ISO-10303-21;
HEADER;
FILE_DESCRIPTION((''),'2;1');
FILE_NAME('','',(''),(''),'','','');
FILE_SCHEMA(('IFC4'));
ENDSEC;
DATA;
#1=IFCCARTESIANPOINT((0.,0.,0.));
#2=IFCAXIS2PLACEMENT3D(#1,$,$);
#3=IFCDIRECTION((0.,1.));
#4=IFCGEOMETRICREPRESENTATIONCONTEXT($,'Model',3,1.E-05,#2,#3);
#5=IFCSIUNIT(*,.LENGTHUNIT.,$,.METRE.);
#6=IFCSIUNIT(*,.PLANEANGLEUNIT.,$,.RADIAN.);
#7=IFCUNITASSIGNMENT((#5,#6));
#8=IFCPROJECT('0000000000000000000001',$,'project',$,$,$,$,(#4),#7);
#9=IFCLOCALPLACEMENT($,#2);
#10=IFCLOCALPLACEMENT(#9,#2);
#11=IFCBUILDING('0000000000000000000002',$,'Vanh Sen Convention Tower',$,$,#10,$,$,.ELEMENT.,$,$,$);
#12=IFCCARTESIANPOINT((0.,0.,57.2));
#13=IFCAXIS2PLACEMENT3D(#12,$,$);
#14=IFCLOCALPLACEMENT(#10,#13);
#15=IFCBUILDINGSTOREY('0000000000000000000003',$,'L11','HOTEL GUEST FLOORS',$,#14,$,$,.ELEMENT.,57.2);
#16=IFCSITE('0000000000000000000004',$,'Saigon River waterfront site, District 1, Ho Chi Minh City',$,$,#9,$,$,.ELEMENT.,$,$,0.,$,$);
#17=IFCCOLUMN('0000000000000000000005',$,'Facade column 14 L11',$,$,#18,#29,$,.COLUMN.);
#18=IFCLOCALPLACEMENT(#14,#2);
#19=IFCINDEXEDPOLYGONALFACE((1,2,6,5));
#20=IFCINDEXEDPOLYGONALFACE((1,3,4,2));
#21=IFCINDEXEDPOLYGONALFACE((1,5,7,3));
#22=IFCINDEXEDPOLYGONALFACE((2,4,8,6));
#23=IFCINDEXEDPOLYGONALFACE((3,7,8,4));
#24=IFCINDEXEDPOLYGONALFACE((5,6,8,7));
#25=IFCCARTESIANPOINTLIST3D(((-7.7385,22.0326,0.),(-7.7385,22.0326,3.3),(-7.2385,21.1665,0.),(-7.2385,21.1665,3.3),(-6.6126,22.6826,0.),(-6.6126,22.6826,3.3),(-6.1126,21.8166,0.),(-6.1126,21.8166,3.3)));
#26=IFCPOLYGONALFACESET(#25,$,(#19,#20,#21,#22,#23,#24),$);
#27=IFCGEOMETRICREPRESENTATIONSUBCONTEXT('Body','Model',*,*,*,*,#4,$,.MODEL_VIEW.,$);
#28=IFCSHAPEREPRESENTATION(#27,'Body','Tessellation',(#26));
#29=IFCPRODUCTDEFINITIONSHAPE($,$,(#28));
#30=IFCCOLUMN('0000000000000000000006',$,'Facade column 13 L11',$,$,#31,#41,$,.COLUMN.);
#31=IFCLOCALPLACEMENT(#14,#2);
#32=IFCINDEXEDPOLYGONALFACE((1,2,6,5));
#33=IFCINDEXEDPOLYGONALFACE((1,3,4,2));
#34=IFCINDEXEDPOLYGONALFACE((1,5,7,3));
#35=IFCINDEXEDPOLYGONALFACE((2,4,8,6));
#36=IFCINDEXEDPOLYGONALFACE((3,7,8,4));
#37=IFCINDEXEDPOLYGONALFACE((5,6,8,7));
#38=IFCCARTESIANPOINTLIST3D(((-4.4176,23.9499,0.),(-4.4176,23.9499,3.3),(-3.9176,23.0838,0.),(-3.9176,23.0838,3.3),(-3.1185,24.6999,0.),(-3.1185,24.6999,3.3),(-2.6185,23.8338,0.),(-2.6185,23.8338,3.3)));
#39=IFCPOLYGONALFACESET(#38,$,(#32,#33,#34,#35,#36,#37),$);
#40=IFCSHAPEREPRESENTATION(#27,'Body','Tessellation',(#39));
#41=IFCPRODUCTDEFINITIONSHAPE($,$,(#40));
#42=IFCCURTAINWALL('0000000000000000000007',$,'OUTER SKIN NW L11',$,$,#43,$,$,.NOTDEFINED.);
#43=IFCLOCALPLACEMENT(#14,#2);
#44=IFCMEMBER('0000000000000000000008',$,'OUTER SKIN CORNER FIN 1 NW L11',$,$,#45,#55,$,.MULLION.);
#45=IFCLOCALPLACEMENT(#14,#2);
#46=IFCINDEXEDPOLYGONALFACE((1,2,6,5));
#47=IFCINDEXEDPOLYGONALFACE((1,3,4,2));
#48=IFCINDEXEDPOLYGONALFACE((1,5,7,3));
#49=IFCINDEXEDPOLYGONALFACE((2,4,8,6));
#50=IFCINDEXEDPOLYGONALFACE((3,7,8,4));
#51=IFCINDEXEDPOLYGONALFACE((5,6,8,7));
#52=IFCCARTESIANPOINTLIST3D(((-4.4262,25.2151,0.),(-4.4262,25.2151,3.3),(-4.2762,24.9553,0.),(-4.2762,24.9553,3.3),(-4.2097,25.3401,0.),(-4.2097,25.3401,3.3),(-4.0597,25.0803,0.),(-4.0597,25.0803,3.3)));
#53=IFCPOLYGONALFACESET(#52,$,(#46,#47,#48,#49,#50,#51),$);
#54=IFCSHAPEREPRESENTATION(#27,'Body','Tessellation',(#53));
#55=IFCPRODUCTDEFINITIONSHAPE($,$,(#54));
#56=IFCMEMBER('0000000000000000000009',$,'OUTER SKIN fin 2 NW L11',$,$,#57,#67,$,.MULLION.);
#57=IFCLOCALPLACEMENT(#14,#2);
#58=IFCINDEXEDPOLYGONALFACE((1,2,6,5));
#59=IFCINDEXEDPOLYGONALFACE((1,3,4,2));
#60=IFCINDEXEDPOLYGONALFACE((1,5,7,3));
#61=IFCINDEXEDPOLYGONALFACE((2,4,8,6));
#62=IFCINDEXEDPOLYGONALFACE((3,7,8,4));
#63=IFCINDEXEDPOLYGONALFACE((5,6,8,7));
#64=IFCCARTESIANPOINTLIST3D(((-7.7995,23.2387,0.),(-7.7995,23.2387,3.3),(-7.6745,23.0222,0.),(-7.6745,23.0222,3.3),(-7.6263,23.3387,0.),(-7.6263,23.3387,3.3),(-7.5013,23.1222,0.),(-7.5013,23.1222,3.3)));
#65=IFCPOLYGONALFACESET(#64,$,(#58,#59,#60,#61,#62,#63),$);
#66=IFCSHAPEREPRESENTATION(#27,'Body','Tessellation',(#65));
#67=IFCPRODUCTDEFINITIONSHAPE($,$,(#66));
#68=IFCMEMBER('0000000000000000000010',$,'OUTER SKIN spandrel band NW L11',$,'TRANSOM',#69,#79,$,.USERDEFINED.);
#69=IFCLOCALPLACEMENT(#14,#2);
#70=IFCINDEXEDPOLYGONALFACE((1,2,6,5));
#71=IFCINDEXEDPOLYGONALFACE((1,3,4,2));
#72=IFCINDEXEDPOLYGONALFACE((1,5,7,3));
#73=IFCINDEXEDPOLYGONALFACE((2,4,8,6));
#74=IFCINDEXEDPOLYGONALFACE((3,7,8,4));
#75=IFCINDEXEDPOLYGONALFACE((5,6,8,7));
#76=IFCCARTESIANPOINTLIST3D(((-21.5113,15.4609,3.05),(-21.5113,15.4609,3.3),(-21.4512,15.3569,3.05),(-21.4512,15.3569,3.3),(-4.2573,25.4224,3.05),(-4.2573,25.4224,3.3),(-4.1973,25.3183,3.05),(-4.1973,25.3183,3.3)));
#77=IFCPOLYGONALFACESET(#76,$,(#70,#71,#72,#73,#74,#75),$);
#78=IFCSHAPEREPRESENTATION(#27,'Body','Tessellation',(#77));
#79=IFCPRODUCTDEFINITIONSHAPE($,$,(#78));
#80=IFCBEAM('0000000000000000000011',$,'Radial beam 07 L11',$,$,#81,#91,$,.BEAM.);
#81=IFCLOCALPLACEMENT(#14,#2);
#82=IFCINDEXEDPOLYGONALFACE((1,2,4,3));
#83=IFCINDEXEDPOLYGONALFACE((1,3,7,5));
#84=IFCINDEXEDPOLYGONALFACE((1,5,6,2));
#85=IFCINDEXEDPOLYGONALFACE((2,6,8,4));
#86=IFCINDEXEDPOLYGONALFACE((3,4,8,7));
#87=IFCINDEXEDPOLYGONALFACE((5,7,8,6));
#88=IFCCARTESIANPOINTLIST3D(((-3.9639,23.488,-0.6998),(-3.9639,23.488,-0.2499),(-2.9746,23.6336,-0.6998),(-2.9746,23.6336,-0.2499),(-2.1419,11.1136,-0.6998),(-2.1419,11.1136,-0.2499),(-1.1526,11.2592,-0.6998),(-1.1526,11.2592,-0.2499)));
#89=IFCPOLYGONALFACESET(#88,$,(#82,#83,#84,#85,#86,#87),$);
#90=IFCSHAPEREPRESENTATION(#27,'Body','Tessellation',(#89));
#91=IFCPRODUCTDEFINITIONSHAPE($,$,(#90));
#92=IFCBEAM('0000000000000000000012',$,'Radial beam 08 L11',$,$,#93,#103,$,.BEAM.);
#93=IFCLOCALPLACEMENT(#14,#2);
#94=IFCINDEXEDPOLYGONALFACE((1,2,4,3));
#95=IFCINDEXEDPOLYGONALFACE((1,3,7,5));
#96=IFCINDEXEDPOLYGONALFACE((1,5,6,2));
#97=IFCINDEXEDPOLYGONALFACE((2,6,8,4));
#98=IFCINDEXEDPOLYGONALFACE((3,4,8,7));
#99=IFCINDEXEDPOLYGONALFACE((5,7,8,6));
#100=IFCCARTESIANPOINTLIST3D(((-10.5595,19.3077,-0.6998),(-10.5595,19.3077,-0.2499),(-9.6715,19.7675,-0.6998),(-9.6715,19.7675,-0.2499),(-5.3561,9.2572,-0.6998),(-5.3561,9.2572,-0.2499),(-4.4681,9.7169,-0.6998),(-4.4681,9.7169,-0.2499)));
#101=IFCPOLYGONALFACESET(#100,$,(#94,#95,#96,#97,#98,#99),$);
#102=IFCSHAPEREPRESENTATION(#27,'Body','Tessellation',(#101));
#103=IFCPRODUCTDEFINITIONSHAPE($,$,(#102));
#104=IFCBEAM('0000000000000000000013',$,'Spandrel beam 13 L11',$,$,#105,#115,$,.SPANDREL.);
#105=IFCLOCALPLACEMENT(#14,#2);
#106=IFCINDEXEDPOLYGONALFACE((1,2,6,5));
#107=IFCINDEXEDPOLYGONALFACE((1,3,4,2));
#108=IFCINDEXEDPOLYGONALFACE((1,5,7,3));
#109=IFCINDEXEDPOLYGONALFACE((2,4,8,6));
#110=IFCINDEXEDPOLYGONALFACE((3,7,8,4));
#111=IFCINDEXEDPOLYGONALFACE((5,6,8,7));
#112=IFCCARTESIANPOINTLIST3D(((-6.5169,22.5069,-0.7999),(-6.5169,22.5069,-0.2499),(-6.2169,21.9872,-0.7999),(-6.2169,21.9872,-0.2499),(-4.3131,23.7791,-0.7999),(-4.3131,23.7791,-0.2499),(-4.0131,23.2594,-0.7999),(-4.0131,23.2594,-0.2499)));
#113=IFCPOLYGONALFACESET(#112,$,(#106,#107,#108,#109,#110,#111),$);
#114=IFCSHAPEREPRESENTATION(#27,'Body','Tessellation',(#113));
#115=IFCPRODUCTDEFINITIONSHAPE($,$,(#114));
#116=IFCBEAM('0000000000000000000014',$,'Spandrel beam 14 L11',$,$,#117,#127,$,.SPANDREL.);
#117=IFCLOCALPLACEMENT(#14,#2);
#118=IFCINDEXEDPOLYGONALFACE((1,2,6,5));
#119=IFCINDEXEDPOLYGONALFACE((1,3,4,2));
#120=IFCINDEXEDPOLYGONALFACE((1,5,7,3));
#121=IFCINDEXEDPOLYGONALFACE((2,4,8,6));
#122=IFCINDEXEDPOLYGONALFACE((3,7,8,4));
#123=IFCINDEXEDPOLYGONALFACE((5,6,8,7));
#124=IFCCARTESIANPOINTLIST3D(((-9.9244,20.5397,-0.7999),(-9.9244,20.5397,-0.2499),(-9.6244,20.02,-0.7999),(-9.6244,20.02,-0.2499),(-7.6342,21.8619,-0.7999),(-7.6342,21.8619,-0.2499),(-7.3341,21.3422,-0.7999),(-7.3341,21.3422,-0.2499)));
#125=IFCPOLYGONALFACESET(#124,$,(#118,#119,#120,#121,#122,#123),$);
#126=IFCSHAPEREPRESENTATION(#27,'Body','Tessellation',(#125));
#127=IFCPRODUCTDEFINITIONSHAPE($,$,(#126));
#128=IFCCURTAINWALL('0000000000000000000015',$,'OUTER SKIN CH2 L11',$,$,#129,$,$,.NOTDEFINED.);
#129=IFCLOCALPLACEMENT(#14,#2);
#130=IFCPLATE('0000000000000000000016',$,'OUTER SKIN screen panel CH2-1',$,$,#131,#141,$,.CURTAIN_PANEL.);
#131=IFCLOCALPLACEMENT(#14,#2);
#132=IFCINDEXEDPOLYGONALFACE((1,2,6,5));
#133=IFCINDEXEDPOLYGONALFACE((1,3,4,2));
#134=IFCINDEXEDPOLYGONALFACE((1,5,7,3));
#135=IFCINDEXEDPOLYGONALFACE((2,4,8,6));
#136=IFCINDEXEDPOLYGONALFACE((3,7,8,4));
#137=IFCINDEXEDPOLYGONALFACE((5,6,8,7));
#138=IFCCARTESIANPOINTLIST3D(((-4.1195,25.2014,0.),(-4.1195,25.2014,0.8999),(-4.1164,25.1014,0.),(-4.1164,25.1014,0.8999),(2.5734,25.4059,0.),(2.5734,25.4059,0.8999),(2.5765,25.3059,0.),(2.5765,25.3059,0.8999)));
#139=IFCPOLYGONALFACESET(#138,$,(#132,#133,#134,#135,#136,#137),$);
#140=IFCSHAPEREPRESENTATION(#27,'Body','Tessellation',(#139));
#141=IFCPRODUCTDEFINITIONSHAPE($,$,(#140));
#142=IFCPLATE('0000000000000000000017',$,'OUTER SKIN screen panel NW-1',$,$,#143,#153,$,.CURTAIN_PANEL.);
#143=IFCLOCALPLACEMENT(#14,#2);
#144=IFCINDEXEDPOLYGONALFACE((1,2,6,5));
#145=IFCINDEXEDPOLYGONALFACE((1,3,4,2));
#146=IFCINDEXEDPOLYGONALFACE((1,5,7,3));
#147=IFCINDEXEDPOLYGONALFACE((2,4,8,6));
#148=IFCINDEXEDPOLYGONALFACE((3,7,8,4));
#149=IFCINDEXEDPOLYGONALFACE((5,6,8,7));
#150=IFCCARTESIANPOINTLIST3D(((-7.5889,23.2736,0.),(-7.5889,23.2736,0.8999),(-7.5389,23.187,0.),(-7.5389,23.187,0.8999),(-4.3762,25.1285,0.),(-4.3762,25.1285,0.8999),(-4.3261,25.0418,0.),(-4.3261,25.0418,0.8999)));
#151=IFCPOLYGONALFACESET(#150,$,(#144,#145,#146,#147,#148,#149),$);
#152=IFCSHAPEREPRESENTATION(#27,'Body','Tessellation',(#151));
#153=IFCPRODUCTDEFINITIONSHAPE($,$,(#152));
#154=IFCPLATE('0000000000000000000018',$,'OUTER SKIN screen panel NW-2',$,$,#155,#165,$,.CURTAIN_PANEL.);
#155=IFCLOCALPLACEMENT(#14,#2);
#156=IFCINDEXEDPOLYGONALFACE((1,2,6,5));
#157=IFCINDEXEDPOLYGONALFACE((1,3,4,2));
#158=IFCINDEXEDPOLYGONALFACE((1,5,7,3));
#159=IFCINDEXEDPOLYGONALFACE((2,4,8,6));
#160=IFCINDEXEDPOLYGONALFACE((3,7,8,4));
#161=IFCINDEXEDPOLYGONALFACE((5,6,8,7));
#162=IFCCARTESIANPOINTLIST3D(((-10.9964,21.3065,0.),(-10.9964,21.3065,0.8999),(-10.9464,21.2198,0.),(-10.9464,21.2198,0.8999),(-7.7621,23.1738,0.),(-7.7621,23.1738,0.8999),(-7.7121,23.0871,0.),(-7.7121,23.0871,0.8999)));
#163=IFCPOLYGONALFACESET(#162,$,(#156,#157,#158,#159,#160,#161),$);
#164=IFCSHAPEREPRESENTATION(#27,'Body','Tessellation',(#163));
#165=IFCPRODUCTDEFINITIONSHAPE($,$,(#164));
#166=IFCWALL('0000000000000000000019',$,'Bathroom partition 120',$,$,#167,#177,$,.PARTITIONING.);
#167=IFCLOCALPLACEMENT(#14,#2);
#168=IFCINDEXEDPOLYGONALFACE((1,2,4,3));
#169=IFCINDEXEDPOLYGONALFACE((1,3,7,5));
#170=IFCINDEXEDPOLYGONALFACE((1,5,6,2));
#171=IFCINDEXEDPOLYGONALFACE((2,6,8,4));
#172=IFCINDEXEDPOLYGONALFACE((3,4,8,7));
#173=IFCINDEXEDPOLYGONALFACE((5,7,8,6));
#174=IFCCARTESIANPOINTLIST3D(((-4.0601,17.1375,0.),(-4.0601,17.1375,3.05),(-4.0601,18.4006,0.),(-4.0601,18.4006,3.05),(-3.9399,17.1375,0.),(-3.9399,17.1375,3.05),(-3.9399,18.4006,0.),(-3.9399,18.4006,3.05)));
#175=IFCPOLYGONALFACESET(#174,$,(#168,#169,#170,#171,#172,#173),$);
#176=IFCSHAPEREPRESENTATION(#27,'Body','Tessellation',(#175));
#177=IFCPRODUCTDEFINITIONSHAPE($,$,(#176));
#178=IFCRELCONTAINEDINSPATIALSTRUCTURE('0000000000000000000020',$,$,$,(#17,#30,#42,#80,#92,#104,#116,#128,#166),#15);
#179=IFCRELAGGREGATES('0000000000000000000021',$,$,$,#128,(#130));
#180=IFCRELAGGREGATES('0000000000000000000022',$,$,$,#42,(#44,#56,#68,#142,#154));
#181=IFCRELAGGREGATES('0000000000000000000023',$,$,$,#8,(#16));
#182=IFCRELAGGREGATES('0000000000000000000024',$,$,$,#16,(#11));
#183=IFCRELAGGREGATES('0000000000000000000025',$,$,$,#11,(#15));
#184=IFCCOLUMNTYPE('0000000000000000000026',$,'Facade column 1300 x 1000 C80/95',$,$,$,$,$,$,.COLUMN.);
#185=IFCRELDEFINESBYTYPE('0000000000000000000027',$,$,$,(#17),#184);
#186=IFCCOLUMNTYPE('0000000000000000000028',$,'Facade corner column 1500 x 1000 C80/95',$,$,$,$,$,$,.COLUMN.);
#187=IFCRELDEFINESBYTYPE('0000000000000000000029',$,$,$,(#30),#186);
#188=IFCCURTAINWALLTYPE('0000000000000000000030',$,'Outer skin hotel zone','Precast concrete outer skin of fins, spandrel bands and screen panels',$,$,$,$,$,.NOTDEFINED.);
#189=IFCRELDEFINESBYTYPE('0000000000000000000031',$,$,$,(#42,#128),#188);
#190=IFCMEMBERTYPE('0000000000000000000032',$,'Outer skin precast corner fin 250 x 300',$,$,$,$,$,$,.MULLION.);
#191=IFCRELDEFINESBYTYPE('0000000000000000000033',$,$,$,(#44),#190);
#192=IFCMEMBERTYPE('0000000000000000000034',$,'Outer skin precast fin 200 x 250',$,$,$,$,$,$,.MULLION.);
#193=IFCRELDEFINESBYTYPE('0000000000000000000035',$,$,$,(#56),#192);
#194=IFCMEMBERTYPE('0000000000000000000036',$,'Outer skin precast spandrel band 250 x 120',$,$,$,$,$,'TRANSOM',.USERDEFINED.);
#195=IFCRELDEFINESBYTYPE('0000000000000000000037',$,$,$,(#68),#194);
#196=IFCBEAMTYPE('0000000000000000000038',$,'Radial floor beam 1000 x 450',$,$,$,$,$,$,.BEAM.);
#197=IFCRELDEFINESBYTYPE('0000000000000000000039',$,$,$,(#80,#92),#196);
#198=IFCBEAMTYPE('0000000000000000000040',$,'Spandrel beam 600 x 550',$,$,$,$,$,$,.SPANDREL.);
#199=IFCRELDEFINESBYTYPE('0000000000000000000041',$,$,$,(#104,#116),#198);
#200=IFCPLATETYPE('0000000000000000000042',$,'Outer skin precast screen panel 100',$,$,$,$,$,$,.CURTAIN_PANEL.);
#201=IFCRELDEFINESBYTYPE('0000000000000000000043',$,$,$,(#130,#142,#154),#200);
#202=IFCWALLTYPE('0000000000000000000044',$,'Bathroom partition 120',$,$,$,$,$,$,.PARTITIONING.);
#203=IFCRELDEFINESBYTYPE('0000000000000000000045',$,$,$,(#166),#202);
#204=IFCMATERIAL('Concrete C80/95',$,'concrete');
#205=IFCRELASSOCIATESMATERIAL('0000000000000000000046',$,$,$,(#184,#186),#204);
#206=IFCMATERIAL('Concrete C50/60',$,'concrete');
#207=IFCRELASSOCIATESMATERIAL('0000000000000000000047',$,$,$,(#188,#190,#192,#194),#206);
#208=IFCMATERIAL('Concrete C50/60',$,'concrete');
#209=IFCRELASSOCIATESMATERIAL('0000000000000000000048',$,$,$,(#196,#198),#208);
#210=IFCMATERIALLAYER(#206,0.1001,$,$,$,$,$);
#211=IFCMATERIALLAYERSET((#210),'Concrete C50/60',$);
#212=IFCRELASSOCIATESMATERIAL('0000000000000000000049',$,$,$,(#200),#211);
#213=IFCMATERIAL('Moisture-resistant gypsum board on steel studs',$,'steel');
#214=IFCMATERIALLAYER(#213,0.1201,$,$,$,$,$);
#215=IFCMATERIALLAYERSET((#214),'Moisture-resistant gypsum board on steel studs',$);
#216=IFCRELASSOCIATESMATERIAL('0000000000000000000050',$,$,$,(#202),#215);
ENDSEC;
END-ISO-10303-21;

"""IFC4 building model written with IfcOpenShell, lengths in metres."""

from ifc_helpers import new_model, si_unit, direction, frame, frame_2d, origin, origin_2d, place, context, subcontext, project, spatial, rectangle, extrude, material, layer, layer_set, material_profile, profile_set, type_object, element, aggregate, save


model = new_model("IFC4")

# Units and contexts
model_context = context("Model", 3, precision=1e-05, world=origin(), true_north=direction((0.0, 1.0)))
body_context = subcontext(model_context, "Body", "Model", "MODEL_VIEW")
ifc_project = project(units=[si_unit("LENGTHUNIT", "METRE"), si_unit("PLANEANGLEUNIT", "RADIAN")], contexts=[model_context])

# Site, building, storey
site_placement = place(None, origin())
site = spatial("IfcSite", under=ifc_project, at=site_placement, Name="Saigon River waterfront site, District 1, Ho Chi Minh City", CompositionType="ELEMENT", RefElevation=0.0)
building_placement = place(site_placement, origin())
building = spatial("IfcBuilding", under=site, at=building_placement, Name="Vanh Sen Convention Tower", CompositionType="ELEMENT")
storey_placement = place(building_placement, frame((0.0, 0.0, 57.2)))
storey = spatial("IfcBuildingStorey", under=building, at=storey_placement, Name="L11", Description="HOTEL GUEST FLOORS", CompositionType="ELEMENT", Elevation=57.2)

# Columns
ifc_material_1 = material(Name="Concrete C80/95", Category="concrete")
ifc_material_profile_1 = material_profile(ifc_material_1, rectangle(XDim=1.3, YDim=1.0, at=origin_2d()), Name="RC 1300X1000")
ifc_profile_set_1 = profile_set([ifc_material_profile_1], Name="Concrete C80/95")
column_type_1 = type_object("IfcColumnType", Name="Facade column 1300 x 1000 C80/95", PredefinedType="COLUMN", material=ifc_profile_set_1)
column_1_placement = place(storey_placement, frame((-6.9255, 21.9246, 0.0), z_axis=(0.0, 0.0, 1.0), x_axis=(-0.866025, -0.5, 0.0)))
element("IfcColumn", 1, at=column_1_placement, inside=storey, type_object=column_type_1, Name="Facade column 14 L11", PredefinedType="COLUMN", context=body_context, shape_type="SweptSolid", body=[
    extrude(rectangle(XDim=1.3, YDim=1.0, at=origin_2d()), origin(), (0.0, 0.0, 1.0), 3.3),
])
ifc_material_profile_2 = material_profile(ifc_material_1, rectangle(XDim=1.5, YDim=1.0, at=origin_2d()), Name="RC 1500X1000")
ifc_profile_set_2 = profile_set([ifc_material_profile_2], Name="Concrete C80/95")
column_type_2 = type_object("IfcColumnType", Name="Facade corner column 1500 x 1000 C80/95", PredefinedType="COLUMN", material=ifc_profile_set_2)
column_2_placement = place(storey_placement, frame((-3.5181, 23.8918, 0.0), z_axis=(0.0, 0.0, 1.0), x_axis=(-0.866025, -0.5, 0.0)))
element("IfcColumn", 2, at=column_2_placement, inside=storey, type_object=column_type_2, Name="Facade column 13 L11", PredefinedType="COLUMN", context=body_context, shape_type="SweptSolid", body=[
    extrude(rectangle(XDim=1.5, YDim=1.0, at=origin_2d()), origin(), (0.0, 0.0, 1.0), 3.3),
])

# Curtain wall, members
ifc_material_2 = material(Name="Concrete C50/60", Category="concrete")
curtain_wall_type = type_object("IfcCurtainWallType", Name="Outer skin hotel zone", Description="Precast concrete outer skin of fins, spandrel bands and screen panels", PredefinedType="NOTDEFINED", material=ifc_material_2)
curtain_wall_1_placement = place(storey_placement, origin())
curtain_wall_1 = element("IfcCurtainWall", 3, at=curtain_wall_1_placement, inside=storey, type_object=curtain_wall_type, Name="OUTER SKIN NW L11", PredefinedType="NOTDEFINED")
ifc_material_profile_3 = material_profile(ifc_material_2, rectangle(XDim=0.25, YDim=0.3, at=origin_2d()), Name="Outer skin precast corner fin 250 x 300")
ifc_profile_set_3 = profile_set([ifc_material_profile_3], Name="Concrete C50/60")
member_type_1 = type_object("IfcMemberType", Name="Outer skin precast corner fin 250 x 300", PredefinedType="MULLION", material=ifc_profile_set_3)
member_1_placement = place(storey_placement, frame((-4.2429, 25.1477, 0.0), z_axis=(0.0, 0.0, 1.0), x_axis=(-0.866025, -0.5, 0.0)))
member_1 = element("IfcMember", 4, at=member_1_placement, type_object=member_type_1, Name="OUTER SKIN CORNER FIN 1 NW L11", PredefinedType="MULLION", context=body_context, shape_type="SweptSolid", body=[
    extrude(rectangle(XDim=0.25, YDim=0.3, at=origin_2d()), origin(), (0.0, 0.0, 1.0), 3.3),
])
ifc_material_profile_4 = material_profile(ifc_material_2, rectangle(XDim=0.2, YDim=0.25, at=origin_2d()), Name="Outer skin precast fin 200 x 250")
ifc_profile_set_4 = profile_set([ifc_material_profile_4], Name="Concrete C50/60")
member_type_2 = type_object("IfcMemberType", Name="Outer skin precast fin 200 x 250", PredefinedType="MULLION", material=ifc_profile_set_4)
member_2_placement = place(storey_placement, frame((-7.6504, 23.1804, 0.0), z_axis=(0.0, 0.0, 1.0), x_axis=(-0.866025, -0.5, 0.0)))
member_2 = element("IfcMember", 5, at=member_2_placement, type_object=member_type_2, Name="OUTER SKIN fin 2 NW L11", PredefinedType="MULLION", context=body_context, shape_type="SweptSolid", body=[
    extrude(rectangle(XDim=0.2, YDim=0.25, at=origin_2d()), origin(), (0.0, 0.0, 1.0), 3.3),
])
ifc_material_profile_5 = material_profile(ifc_material_2, rectangle(XDim=0.1201, YDim=0.25, at=origin_2d()), Name="Outer skin precast spandrel band 250 x 120")
ifc_profile_set_5 = profile_set([ifc_material_profile_5], Name="Concrete C50/60")
member_type_3 = type_object("IfcMemberType", Name="Outer skin precast spandrel band 250 x 120", ElementType="TRANSOM", PredefinedType="USERDEFINED", material=ifc_profile_set_5)
member_3_placement = place(storey_placement, frame((-4.2273, 25.3704, 3.175), z_axis=(-0.866028, -0.499995, 0.0), x_axis=(0.499995, -0.866028, 0.0)))
member_3 = element("IfcMember", 6, at=member_3_placement, type_object=member_type_3, Name="OUTER SKIN spandrel band NW L11", ObjectType="TRANSOM", PredefinedType="USERDEFINED", context=body_context, shape_type="SweptSolid", body=[
    extrude(rectangle(XDim=0.1201, YDim=0.25, at=origin_2d()), origin(), (0.0, 0.0, 1.0), 19.9231),
])

# Beams
ifc_material_3 = material(Name="Concrete C50/60", Category="concrete")
ifc_material_profile_6 = material_profile(ifc_material_3, rectangle(XDim=1.0, YDim=0.45, at=origin_2d()), Name="RC 1000X450")
ifc_profile_set_6 = profile_set([ifc_material_profile_6], Name="Concrete C50/60")
beam_type_1 = type_object("IfcBeamType", Name="Radial floor beam 1000 x 450", PredefinedType="BEAM", material=ifc_profile_set_6)
beam_1_placement = place(storey_placement, frame((-3.4692, 23.5608, -0.4749), z_axis=(0.145669, -0.989333, 0.0), x_axis=(0.989333, 0.145669, 0.0)))
element("IfcBeam", 7, at=beam_1_placement, inside=storey, type_object=beam_type_1, Name="Radial beam 07 L11", PredefinedType="BEAM", context=body_context, shape_type="SweptSolid", body=[
    extrude(rectangle(XDim=1.0, YDim=0.45, at=origin_2d()), origin(), (0.0, 0.0, 1.0), 12.5078),
])
beam_2_placement = place(storey_placement, frame((-10.1155, 19.5376, -0.4749), z_axis=(0.459759, -0.888044, 0.0), x_axis=(0.888044, 0.459759, 0.0)))
element("IfcBeam", 8, at=beam_2_placement, inside=storey, type_object=beam_type_1, Name="Radial beam 08 L11", PredefinedType="BEAM", context=body_context, shape_type="SweptSolid", body=[
    extrude(rectangle(XDim=1.0, YDim=0.45, at=origin_2d()), origin(), (0.0, 0.0, 1.0), 11.3176),
])
ifc_material_profile_7 = material_profile(ifc_material_3, rectangle(XDim=0.6001, YDim=0.55, at=origin_2d()), Name="RC 600X550")
ifc_profile_set_7 = profile_set([ifc_material_profile_7], Name="Concrete C50/60")
beam_type_2 = type_object("IfcBeamType", Name="Spandrel beam 600 x 550", PredefinedType="SPANDREL", material=ifc_profile_set_7)
beam_3_placement = place(storey_placement, frame((-4.1631, 23.5193, -0.5249), z_axis=(-0.866056, -0.499947, 0.0), x_axis=(0.499947, -0.866056, 0.0)))
element("IfcBeam", 9, at=beam_3_placement, inside=storey, type_object=beam_type_2, Name="Spandrel beam 13 L11", PredefinedType="SPANDREL", context=body_context, shape_type="SweptSolid", body=[
    extrude(rectangle(XDim=0.6001, YDim=0.55, at=origin_2d()), origin(), (0.0, 0.0, 1.0), 2.5447),
])
beam_4_placement = place(storey_placement, frame((-7.4841, 21.6021, -0.5249), z_axis=(-0.86603, -0.499991, 0.0), x_axis=(0.499991, -0.86603, 0.0)))
element("IfcBeam", 10, at=beam_4_placement, inside=storey, type_object=beam_type_2, Name="Spandrel beam 14 L11", PredefinedType="SPANDREL", context=body_context, shape_type="SweptSolid", body=[
    extrude(rectangle(XDim=0.6001, YDim=0.55, at=origin_2d()), origin(), (0.0, 0.0, 1.0), 2.6445),
])

# Curtain wall, plate
curtain_wall_2_placement = place(storey_placement, origin())
curtain_wall_2 = element("IfcCurtainWall", 11, at=curtain_wall_2_placement, inside=storey, type_object=curtain_wall_type, Name="OUTER SKIN CH2 L11", PredefinedType="NOTDEFINED")
ifc_layer_1 = layer(ifc_material_2, 0.1001)
ifc_layer_set_1 = layer_set([ifc_layer_1], Name="Concrete C50/60")
plate_type = type_object("IfcPlateType", Name="Outer skin precast screen panel 100", PredefinedType="CURTAIN_PANEL", material=ifc_layer_set_1)
plate_1_placement = place(storey_placement, frame((-0.7715, 25.2537, 0.0), z_axis=(0.0, 0.0, 1.0), x_axis=(-0.999534, -0.030537, 0.0)))
plate_1 = element("IfcPlate", 12, at=plate_1_placement, type_object=plate_type, Name="OUTER SKIN screen panel CH2-1", PredefinedType="CURTAIN_PANEL", context=body_context, shape_type="SweptSolid", body=[
    extrude(rectangle(XDim=6.696, YDim=0.1001, at=origin_2d()), origin(), (0.0, 0.0, 1.0), 0.8999),
])
aggregate(curtain_wall_2, [plate_1])

# Plates
plate_2_placement = place(storey_placement, frame((-5.9575, 24.1577, 0.0), z_axis=(0.0, 0.0, 1.0), x_axis=(-0.866028, -0.499995, 0.0)))
plate_2 = element("IfcPlate", 13, at=plate_2_placement, type_object=plate_type, Name="OUTER SKIN screen panel NW-1", PredefinedType="CURTAIN_PANEL", context=body_context, shape_type="SweptSolid", body=[
    extrude(rectangle(XDim=3.7097, YDim=0.1001, at=origin_2d()), origin(), (0.0, 0.0, 1.0), 0.8999),
])
plate_3_placement = place(storey_placement, frame((-9.3542, 22.1968, 0.0), z_axis=(0.0, 0.0, 1.0), x_axis=(-0.866021, -0.500008, 0.0)))
plate_3 = element("IfcPlate", 14, at=plate_3_placement, type_object=plate_type, Name="OUTER SKIN screen panel NW-2", PredefinedType="CURTAIN_PANEL", context=body_context, shape_type="SweptSolid", body=[
    extrude(rectangle(XDim=3.7346, YDim=0.1001, at=origin_2d()), origin(), (0.0, 0.0, 1.0), 0.8999),
])
aggregate(curtain_wall_1, [member_1, member_2, member_3, plate_2, plate_3])

# Wall
ifc_material_4 = material(Name="Moisture-resistant gypsum board on steel studs", Category="steel")
ifc_layer_2 = layer(ifc_material_4, 0.1201)
ifc_layer_set_2 = layer_set([ifc_layer_2], Name="Moisture-resistant gypsum board on steel studs")
wall_type_1 = type_object("IfcWallType", Name="Bathroom partition 120", PredefinedType="PARTITIONING", material=ifc_layer_set_2)
wall_1_placement = place(storey_placement, frame((-4.0, 17.1375, 0.0), z_axis=(0.0, 0.0, 1.0), x_axis=(0.0, 1.0, 0.0)))
element("IfcWall", 15, at=wall_1_placement, inside=storey, type_object=wall_type_1, Name="Bathroom partition 120", PredefinedType="PARTITIONING", context=body_context, shape_type="SweptSolid", body=[
    extrude(rectangle(XDim=1.2632, YDim=0.1201, at=frame_2d((0.6316, 0.0))), origin(), (0.0, 0.0, 1.0), 3.05),
])

save(model, "model.ifc")
